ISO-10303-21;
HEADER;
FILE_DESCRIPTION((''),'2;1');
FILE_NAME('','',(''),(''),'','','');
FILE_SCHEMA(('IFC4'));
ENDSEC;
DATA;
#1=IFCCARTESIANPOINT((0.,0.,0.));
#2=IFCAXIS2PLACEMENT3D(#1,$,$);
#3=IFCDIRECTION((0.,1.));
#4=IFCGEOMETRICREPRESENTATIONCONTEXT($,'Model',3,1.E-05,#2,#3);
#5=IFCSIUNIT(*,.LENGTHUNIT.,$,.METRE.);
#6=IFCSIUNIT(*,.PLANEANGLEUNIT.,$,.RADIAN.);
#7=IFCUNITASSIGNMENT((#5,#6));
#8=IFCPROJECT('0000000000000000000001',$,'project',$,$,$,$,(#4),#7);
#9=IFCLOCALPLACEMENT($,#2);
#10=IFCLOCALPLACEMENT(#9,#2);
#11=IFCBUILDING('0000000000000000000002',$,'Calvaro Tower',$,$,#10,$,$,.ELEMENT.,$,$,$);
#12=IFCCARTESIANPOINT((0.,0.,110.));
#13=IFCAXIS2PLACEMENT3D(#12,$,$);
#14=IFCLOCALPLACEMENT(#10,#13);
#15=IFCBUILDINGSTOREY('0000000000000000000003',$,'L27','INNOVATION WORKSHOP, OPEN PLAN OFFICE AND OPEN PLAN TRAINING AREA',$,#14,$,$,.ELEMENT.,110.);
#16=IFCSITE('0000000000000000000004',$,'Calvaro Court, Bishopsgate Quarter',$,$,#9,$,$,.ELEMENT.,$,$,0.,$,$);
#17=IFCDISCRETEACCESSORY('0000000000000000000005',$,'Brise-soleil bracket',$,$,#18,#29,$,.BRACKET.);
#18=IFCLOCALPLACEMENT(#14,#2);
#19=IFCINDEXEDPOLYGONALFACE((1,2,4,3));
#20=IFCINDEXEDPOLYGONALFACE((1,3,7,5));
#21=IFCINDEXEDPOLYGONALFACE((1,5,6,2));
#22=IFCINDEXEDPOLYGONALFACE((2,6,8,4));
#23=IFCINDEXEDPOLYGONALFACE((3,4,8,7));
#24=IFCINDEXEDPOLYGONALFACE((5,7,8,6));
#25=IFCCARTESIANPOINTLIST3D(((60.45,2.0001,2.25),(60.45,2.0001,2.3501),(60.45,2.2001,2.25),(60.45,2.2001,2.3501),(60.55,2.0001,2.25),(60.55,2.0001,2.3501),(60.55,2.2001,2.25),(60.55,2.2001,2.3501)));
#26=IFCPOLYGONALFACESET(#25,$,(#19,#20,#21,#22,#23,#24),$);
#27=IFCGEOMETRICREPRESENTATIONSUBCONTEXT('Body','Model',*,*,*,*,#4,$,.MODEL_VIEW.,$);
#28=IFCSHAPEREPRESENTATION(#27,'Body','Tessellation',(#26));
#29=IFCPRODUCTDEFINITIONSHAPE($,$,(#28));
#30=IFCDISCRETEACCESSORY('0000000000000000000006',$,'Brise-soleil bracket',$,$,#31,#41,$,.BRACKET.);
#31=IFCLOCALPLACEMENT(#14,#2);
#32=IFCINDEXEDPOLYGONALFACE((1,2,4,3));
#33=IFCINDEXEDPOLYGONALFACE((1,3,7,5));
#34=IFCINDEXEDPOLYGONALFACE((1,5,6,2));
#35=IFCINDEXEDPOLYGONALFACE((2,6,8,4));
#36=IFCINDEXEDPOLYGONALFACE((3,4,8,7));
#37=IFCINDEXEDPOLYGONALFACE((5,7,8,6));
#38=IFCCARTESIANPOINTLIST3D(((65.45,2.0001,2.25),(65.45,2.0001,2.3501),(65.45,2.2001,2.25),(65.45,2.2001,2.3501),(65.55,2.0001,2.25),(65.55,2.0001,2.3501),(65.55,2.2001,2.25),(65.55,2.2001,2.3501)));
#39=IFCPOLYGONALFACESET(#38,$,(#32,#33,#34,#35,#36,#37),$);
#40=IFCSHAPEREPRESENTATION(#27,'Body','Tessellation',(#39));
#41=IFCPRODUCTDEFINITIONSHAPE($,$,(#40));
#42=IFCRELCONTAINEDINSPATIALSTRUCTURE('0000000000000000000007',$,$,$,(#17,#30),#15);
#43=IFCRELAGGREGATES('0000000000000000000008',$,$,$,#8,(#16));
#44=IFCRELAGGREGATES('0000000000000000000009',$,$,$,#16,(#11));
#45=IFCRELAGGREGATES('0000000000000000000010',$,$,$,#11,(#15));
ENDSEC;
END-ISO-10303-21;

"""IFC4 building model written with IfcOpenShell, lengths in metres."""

from ifc_helpers import new_model, si_unit, direction, frame, origin, origin_2d, place, context, subcontext, project, spatial, rectangle, extrude, element, save


model = new_model("IFC4")

# Units and contexts
model_context = context("Model", 3, precision=1e-05, world=origin(), true_north=direction((0.0, 1.0)))
body_context = subcontext(model_context, "Body", "Model", "MODEL_VIEW")
ifc_project = project(units=[si_unit("LENGTHUNIT", "METRE"), si_unit("PLANEANGLEUNIT", "RADIAN")], contexts=[model_context])

# Site, building, storey
site_placement = place(None, origin())
site = spatial("IfcSite", under=ifc_project, at=site_placement, Name="Calvaro Court, Bishopsgate Quarter", CompositionType="ELEMENT", RefElevation=0.0)
building_placement = place(site_placement, origin())
building = spatial("IfcBuilding", under=site, at=building_placement, Name="Calvaro Tower", CompositionType="ELEMENT")
storey_placement = place(building_placement, frame((0.0, 0.0, 110.0)))
storey = spatial("IfcBuildingStorey", under=building, at=storey_placement, Name="L27", Description="INNOVATION WORKSHOP, OPEN PLAN OFFICE AND OPEN PLAN TRAINING AREA", CompositionType="ELEMENT", Elevation=110.0)

# Discrete accessories
for number, where, z_axis, x_axis, name in (
    (1, (60.5, 2.1001, 2.25), (0.0, 0.0, 1.0), (1.0, 0.0, 0.0), "Brise-soleil bracket"),
    (2, (65.5, 2.1001, 2.25), (0.0, 0.0, 1.0), (1.0, 0.0, 0.0), "Brise-soleil bracket"),
):
    element("IfcDiscreteAccessory", number, at=place(storey_placement, frame(where, z_axis=z_axis, x_axis=x_axis)), inside=storey, Name=name, PredefinedType="BRACKET", context=body_context, shape_type="SweptSolid", body=[
        extrude(rectangle(XDim=0.1001, YDim=0.2, at=origin_2d()), origin(), (0.0, 0.0, 1.0), 0.1001),
    ])

save(model, "model.ifc")
